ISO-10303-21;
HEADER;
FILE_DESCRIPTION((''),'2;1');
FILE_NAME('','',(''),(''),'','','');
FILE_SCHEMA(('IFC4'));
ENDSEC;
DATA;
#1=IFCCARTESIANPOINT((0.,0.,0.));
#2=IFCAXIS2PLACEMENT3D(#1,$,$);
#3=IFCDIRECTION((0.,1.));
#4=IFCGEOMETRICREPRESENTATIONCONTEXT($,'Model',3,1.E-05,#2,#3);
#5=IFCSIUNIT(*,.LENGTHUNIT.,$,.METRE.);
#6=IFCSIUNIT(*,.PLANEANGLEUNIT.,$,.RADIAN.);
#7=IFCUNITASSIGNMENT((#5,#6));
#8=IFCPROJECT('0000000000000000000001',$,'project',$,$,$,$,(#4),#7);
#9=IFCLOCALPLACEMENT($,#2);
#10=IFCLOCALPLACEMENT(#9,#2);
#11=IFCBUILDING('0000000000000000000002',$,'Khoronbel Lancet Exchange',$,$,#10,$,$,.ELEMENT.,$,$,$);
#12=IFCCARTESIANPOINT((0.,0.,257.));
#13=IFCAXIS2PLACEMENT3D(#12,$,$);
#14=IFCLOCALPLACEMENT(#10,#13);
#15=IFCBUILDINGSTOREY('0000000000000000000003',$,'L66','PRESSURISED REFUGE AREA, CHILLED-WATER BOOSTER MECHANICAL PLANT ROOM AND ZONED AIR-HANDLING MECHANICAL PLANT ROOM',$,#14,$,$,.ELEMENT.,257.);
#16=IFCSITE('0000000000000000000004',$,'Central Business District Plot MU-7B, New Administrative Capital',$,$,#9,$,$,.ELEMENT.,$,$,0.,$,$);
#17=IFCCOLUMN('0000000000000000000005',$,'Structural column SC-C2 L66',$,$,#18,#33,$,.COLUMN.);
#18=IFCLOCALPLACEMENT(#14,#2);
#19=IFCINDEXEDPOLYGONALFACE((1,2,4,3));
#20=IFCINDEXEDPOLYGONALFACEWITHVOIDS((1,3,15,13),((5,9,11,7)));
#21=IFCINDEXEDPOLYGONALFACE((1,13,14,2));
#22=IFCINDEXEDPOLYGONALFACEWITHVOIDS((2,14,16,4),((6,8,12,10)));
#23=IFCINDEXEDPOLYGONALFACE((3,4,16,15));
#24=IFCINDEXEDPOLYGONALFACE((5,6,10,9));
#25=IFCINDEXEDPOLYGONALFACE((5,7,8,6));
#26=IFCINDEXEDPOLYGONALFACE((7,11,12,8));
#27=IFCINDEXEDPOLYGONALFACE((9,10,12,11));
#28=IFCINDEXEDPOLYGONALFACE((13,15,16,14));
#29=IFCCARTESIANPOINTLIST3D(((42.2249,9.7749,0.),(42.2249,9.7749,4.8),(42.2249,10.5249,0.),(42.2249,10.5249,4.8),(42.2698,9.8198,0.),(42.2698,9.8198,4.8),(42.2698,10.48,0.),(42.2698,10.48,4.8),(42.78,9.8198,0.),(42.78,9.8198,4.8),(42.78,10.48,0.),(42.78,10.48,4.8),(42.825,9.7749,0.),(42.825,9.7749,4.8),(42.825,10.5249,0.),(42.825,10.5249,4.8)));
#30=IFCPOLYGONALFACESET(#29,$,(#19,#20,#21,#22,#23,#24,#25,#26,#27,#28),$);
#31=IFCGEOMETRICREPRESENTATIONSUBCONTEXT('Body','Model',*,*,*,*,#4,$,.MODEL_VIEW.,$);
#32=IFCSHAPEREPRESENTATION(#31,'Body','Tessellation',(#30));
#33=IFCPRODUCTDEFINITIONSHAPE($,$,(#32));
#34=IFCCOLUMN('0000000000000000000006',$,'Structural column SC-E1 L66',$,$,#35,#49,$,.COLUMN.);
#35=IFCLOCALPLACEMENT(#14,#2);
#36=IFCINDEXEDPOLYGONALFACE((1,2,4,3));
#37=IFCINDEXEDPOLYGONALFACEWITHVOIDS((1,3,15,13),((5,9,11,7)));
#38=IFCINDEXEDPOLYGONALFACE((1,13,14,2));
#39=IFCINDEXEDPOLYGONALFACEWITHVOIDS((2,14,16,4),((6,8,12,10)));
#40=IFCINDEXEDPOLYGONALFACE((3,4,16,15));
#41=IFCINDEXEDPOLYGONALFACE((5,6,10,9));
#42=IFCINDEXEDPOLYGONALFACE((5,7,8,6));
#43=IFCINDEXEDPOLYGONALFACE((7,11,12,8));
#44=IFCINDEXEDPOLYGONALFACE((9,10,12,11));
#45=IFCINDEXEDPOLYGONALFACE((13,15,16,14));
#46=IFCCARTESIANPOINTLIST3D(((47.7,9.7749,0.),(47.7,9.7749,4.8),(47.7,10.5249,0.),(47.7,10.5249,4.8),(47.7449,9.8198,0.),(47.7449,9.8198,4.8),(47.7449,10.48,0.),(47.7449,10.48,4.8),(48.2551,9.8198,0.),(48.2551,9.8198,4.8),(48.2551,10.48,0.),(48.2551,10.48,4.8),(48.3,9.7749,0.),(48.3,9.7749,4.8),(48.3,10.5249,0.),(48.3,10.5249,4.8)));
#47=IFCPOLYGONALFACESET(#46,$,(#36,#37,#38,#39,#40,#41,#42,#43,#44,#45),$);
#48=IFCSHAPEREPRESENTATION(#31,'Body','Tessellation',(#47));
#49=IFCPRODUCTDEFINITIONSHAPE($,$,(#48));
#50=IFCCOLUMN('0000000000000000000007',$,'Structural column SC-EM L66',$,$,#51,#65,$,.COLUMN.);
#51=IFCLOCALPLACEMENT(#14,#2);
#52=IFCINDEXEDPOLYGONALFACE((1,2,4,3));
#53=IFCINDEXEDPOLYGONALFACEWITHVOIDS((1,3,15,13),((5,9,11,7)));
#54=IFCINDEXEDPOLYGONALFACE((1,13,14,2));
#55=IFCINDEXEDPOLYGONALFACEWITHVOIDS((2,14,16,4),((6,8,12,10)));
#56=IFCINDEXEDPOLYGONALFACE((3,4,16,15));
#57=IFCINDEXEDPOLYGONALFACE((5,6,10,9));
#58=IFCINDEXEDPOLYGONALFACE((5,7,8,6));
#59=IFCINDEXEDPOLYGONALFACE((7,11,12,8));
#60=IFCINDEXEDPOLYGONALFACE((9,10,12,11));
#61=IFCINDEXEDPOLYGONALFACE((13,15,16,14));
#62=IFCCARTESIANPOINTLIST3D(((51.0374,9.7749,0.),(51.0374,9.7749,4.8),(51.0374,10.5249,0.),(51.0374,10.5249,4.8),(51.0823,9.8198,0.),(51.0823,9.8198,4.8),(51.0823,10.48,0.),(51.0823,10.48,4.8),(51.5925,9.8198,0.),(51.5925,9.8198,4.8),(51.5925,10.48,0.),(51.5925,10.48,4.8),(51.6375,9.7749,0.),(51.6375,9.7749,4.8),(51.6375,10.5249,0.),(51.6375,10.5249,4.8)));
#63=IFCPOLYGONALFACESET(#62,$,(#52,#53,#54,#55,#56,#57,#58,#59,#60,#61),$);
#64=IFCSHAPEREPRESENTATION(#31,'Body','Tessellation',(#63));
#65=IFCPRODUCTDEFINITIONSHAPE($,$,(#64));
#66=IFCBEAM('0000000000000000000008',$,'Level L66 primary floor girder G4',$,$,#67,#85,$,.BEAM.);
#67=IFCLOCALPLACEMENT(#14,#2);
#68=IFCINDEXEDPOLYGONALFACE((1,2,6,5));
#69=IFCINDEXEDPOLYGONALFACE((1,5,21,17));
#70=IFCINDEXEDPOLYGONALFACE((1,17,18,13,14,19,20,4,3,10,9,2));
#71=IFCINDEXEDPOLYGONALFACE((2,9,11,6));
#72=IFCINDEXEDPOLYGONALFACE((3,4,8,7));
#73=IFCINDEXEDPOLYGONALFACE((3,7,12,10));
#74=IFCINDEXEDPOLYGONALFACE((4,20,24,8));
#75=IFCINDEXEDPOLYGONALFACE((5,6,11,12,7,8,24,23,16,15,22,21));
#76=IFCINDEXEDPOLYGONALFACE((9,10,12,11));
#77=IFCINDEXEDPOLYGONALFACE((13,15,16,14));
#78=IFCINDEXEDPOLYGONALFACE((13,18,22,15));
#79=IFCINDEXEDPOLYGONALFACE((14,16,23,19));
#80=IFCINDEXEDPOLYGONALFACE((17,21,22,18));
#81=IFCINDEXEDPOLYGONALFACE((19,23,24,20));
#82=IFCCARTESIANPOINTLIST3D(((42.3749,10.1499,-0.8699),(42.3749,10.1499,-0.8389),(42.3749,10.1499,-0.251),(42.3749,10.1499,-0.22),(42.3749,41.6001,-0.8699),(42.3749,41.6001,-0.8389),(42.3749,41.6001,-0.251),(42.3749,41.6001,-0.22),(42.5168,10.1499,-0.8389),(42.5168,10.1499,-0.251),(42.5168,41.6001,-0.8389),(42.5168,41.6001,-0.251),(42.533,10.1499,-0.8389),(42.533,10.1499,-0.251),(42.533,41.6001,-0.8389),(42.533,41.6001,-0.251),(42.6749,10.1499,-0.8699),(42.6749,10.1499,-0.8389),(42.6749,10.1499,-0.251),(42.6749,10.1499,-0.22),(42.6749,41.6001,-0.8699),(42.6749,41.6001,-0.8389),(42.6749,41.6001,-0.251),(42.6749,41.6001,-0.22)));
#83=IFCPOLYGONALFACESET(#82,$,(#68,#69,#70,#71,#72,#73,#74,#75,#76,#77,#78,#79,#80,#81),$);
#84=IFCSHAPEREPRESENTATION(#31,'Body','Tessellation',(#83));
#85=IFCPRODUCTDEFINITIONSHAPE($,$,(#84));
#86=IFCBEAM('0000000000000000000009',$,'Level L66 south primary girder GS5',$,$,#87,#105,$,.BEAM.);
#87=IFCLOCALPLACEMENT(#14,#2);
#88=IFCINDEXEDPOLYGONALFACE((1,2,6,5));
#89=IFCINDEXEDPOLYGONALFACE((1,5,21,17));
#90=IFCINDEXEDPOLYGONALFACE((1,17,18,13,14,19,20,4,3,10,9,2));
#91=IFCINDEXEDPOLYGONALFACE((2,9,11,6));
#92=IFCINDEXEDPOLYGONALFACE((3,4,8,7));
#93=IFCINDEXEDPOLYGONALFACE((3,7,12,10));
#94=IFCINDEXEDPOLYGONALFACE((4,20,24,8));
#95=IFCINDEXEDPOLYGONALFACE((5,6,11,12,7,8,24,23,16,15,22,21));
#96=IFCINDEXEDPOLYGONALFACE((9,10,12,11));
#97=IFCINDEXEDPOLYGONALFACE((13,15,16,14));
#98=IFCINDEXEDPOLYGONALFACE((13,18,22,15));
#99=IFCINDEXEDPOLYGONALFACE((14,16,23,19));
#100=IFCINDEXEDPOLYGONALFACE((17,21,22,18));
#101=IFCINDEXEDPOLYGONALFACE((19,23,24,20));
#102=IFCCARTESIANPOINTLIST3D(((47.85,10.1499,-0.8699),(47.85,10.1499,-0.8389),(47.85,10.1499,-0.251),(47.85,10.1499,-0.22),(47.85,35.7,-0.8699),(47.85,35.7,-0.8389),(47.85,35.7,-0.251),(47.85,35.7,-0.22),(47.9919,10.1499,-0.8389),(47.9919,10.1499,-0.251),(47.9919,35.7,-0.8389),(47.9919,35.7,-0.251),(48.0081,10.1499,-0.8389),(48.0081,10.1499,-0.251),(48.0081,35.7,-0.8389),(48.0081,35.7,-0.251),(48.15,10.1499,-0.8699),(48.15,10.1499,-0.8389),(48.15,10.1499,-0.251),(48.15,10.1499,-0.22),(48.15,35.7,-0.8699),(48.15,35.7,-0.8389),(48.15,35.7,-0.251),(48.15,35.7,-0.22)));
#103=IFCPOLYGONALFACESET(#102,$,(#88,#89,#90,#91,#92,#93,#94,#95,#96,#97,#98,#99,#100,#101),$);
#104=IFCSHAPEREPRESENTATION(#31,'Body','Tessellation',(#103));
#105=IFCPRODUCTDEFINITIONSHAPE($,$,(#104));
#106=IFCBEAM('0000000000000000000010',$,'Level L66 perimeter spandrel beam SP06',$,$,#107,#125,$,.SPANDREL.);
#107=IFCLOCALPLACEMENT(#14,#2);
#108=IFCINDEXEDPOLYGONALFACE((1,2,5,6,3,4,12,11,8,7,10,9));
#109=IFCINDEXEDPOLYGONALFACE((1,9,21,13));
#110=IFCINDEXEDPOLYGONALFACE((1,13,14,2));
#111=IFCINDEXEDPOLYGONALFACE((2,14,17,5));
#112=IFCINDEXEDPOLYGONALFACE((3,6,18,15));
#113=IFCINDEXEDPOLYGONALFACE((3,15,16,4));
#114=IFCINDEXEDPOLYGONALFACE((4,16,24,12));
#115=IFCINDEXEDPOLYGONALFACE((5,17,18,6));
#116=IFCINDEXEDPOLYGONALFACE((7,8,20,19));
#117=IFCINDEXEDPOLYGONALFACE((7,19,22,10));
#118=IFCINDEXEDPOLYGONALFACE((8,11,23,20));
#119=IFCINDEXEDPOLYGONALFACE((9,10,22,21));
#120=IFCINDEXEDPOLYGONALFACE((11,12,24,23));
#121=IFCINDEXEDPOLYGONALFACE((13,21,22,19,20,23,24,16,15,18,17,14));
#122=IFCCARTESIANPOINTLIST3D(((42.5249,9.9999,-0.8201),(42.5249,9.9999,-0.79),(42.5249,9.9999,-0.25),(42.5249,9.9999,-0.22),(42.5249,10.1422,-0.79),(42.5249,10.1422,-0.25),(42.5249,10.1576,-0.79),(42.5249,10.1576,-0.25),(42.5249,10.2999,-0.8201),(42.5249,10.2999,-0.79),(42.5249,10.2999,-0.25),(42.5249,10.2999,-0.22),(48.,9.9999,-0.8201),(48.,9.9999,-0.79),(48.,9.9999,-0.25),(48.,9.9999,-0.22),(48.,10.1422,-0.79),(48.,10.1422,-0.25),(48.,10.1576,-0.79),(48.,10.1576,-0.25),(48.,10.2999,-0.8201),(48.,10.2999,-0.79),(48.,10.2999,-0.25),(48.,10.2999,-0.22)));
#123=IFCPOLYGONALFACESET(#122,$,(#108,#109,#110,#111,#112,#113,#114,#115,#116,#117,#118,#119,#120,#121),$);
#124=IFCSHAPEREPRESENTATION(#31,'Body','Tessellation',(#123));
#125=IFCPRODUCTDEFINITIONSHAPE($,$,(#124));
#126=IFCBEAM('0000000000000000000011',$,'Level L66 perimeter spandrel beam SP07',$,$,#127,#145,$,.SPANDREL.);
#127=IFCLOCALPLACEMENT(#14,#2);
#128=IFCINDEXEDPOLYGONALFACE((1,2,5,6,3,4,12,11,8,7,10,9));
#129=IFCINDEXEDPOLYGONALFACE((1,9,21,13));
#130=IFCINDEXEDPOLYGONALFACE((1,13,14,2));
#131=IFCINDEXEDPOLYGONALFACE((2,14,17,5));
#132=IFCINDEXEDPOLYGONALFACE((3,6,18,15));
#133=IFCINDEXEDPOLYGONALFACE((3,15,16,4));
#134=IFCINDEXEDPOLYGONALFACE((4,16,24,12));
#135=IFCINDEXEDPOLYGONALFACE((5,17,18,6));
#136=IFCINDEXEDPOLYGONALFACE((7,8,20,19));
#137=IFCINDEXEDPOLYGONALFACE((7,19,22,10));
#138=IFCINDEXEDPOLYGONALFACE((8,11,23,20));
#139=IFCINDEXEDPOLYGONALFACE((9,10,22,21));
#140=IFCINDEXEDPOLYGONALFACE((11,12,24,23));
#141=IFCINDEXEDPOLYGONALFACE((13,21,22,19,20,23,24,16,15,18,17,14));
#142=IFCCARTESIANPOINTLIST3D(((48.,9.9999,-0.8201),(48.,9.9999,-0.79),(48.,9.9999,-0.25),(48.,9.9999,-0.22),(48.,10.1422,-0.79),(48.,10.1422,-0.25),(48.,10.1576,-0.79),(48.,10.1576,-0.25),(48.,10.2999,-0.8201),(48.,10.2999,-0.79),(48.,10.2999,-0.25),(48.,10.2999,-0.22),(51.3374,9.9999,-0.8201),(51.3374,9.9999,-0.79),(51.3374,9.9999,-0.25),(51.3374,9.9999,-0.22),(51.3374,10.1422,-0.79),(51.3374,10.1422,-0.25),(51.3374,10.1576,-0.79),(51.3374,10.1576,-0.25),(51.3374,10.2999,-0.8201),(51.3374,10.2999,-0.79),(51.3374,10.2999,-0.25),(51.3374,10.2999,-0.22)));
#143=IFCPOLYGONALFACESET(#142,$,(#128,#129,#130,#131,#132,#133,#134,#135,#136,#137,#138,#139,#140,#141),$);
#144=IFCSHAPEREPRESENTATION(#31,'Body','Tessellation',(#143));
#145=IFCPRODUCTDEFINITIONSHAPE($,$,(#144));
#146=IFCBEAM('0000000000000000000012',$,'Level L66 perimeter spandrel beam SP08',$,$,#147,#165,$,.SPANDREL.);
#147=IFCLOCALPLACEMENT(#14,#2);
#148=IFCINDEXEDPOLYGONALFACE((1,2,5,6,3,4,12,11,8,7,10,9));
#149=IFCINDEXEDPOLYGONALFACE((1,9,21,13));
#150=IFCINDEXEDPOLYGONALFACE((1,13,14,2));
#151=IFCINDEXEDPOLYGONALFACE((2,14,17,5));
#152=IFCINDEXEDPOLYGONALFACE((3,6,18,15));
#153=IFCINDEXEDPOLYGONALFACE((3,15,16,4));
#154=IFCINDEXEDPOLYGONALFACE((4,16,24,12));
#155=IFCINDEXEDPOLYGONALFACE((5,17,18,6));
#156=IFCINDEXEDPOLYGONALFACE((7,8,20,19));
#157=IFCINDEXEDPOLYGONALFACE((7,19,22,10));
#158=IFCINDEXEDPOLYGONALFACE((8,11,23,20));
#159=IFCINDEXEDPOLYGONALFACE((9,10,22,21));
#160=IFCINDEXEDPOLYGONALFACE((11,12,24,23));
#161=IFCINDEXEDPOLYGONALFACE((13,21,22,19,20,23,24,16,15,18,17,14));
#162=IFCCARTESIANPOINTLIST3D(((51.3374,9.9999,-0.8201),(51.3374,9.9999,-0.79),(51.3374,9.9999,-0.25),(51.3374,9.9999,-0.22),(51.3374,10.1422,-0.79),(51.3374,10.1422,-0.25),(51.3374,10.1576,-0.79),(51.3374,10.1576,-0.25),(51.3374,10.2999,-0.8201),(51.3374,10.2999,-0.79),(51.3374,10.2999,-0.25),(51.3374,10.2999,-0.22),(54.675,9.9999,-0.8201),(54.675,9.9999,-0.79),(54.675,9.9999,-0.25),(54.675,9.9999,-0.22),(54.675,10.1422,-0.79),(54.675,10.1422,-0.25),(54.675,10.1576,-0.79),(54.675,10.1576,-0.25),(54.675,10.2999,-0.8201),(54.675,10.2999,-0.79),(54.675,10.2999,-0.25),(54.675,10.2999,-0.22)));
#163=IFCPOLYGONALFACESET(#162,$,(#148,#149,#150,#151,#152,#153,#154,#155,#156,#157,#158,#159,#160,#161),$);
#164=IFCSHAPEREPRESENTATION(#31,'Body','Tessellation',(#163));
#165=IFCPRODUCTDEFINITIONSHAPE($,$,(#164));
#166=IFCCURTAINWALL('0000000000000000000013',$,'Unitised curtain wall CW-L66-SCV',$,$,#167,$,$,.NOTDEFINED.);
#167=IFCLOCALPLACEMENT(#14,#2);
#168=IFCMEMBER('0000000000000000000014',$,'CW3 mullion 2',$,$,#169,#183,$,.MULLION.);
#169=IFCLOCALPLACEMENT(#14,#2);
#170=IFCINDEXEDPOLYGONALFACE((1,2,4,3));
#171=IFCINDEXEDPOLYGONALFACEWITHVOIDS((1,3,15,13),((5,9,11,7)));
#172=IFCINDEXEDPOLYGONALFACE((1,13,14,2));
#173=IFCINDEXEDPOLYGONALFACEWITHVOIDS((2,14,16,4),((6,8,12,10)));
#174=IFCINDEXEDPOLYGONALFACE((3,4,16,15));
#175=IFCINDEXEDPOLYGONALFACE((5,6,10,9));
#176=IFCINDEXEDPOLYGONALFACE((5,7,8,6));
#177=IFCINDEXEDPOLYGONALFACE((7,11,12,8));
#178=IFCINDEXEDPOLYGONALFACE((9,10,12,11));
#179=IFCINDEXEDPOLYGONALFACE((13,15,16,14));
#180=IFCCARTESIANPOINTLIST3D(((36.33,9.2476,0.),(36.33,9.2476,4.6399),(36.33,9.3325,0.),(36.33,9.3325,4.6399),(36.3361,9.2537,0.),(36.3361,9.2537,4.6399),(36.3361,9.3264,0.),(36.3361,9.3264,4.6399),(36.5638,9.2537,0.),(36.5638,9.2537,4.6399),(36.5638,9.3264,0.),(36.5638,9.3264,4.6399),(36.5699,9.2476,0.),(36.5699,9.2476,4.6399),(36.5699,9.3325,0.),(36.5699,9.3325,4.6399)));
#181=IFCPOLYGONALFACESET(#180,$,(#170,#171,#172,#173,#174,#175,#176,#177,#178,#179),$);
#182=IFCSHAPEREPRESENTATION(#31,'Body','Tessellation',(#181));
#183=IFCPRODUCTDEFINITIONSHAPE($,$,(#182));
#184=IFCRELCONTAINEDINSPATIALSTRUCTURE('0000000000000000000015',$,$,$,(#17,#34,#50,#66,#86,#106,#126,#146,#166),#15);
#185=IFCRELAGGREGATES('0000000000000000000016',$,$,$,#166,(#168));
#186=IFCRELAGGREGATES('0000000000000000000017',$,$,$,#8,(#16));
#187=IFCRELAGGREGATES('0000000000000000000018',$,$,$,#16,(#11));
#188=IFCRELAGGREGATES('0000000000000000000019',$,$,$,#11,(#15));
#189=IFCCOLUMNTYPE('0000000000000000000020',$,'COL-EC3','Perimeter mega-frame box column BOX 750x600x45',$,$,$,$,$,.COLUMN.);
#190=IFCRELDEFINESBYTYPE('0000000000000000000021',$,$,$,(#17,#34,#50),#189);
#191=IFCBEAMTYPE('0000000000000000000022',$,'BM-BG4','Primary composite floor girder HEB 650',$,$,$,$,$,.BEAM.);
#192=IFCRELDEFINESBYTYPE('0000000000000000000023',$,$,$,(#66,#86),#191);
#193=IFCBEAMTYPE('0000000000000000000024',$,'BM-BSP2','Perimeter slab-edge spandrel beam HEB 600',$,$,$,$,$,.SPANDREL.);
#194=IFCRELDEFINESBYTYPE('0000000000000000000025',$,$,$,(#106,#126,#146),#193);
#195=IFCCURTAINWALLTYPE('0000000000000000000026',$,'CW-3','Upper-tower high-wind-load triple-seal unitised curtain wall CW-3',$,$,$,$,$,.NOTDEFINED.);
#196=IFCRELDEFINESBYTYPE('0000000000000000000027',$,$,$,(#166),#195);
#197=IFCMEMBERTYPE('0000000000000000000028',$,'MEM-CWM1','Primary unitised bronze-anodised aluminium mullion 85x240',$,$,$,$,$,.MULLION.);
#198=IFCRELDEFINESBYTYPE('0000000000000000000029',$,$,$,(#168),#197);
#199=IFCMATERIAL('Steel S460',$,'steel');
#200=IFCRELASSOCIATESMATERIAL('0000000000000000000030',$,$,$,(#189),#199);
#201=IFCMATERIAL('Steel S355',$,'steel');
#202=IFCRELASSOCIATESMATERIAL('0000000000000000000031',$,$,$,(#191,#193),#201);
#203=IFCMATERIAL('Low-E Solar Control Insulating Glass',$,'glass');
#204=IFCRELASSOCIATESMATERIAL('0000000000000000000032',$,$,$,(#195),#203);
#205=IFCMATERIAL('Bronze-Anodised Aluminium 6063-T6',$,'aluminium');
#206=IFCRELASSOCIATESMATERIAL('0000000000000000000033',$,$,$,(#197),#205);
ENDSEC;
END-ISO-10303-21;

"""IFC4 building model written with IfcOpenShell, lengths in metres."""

from ifc_helpers import new_model, si_unit, direction, frame, origin, origin_2d, place, context, subcontext, project, spatial, hollow_rectangle, i_section, extrude, material, material_profile, profile_set, type_object, element, aggregate, save


model = new_model("IFC4")

# Units and contexts
model_context = context("Model", 3, precision=1e-05, world=origin(), true_north=direction((0.0, 1.0)))
body_context = subcontext(model_context, "Body", "Model", "MODEL_VIEW")
ifc_project = project(units=[si_unit("LENGTHUNIT", "METRE"), si_unit("PLANEANGLEUNIT", "RADIAN")], contexts=[model_context])

# Site, building, storey
site_placement = place(None, origin())
site = spatial("IfcSite", under=ifc_project, at=site_placement, Name="Central Business District Plot MU-7B, New Administrative Capital", CompositionType="ELEMENT", RefElevation=0.0)
building_placement = place(site_placement, origin())
building = spatial("IfcBuilding", under=site, at=building_placement, Name="Khoronbel Lancet Exchange", CompositionType="ELEMENT")
storey_placement = place(building_placement, frame((0.0, 0.0, 257.0)))
storey = spatial("IfcBuildingStorey", under=building, at=storey_placement, Name="L66", Description="PRESSURISED REFUGE AREA, CHILLED-WATER BOOSTER MECHANICAL PLANT ROOM AND ZONED AIR-HANDLING MECHANICAL PLANT ROOM", CompositionType="ELEMENT", Elevation=257.0)

# Columns
ifc_material_1 = material(Name="Steel S460", Category="steel")
ifc_material_profile_1 = material_profile(ifc_material_1, hollow_rectangle(XDim=0.6001, YDim=0.75, WallThickness=0.0449, at=origin_2d()), Name="BOX 750x600x45")
ifc_profile_set_1 = profile_set([ifc_material_profile_1], Name="Steel S460")
column_type = type_object("IfcColumnType", Name="COL-EC3", Description="Perimeter mega-frame box column BOX 750x600x45", PredefinedType="COLUMN", material=ifc_profile_set_1)
for number, where, z_axis, x_axis, name in (
    (1, (42.5249, 10.1499, 0.0), (0.0, 0.0, 1.0), (1.0, 0.0, 0.0), "Structural column SC-C2 L66"),
    (2, (48.0, 10.1499, 0.0), (0.0, 0.0, 1.0), (1.0, 0.0, 0.0), "Structural column SC-E1 L66"),
    (3, (51.3374, 10.1499, 0.0), (0.0, 0.0, 1.0), (1.0, 0.0, 0.0), "Structural column SC-EM L66"),
):
    element("IfcColumn", number, at=place(storey_placement, frame(where, z_axis=z_axis, x_axis=x_axis)), inside=storey, type_object=column_type, Name=name, PredefinedType="COLUMN", context=body_context, shape_type="SweptSolid", body=[
        extrude(hollow_rectangle(XDim=0.6001, YDim=0.75, WallThickness=0.0449, at=origin_2d()), origin(), (0.0, 0.0, 1.0), 4.8),
    ])

# Beams
ifc_material_2 = material(Name="Steel S355", Category="steel")
ifc_material_profile_2 = material_profile(ifc_material_2, i_section(OverallWidth=0.3, OverallDepth=0.6499, WebThickness=0.0161, FlangeThickness=0.031, at=origin_2d()), Name="HEB 650")
ifc_profile_set_2 = profile_set([ifc_material_profile_2], Name="Steel S355")
beam_type_1 = type_object("IfcBeamType", Name="BM-BG4", Description="Primary composite floor girder HEB 650", PredefinedType="BEAM", material=ifc_profile_set_2)
beam_1_placement = place(storey_placement, frame((42.5249, 10.1499, -0.5449), z_axis=(0.0, 1.0, 0.0), x_axis=(-1.0, 0.0, 0.0)))
element("IfcBeam", 4, at=beam_1_placement, inside=storey, type_object=beam_type_1, Name="Level L66 primary floor girder G4", PredefinedType="BEAM", context=body_context, shape_type="SweptSolid", body=[
    extrude(i_section(OverallWidth=0.3, OverallDepth=0.6499, WebThickness=0.0161, FlangeThickness=0.031, at=origin_2d()), origin(), (0.0, 0.0, 1.0), 31.4502),
])
beam_2_placement = place(storey_placement, frame((48.0, 10.1499, -0.5449), z_axis=(0.0, 1.0, 0.0), x_axis=(-1.0, 0.0, 0.0)))
element("IfcBeam", 5, at=beam_2_placement, inside=storey, type_object=beam_type_1, Name="Level L66 south primary girder GS5", PredefinedType="BEAM", context=body_context, shape_type="SweptSolid", body=[
    extrude(i_section(OverallWidth=0.3, OverallDepth=0.6499, WebThickness=0.0161, FlangeThickness=0.031, at=origin_2d()), origin(), (0.0, 0.0, 1.0), 25.55),
])
ifc_material_profile_3 = material_profile(ifc_material_2, i_section(OverallWidth=0.3, OverallDepth=0.6001, WebThickness=0.0154, FlangeThickness=0.03, at=origin_2d()), Name="HEB 600")
ifc_profile_set_3 = profile_set([ifc_material_profile_3], Name="Steel S355")
beam_type_2 = type_object("IfcBeamType", Name="BM-BSP2", Description="Perimeter slab-edge spandrel beam HEB 600", PredefinedType="SPANDREL", material=ifc_profile_set_3)
beam_3_placement = place(storey_placement, frame((42.5249, 10.1499, -0.52), z_axis=(1.0, 0.0, 0.0), x_axis=(0.0, 1.0, 0.0)))
element("IfcBeam", 6, at=beam_3_placement, inside=storey, type_object=beam_type_2, Name="Level L66 perimeter spandrel beam SP06", PredefinedType="SPANDREL", context=body_context, shape_type="SweptSolid", body=[
    extrude(i_section(OverallWidth=0.3, OverallDepth=0.6001, WebThickness=0.0154, FlangeThickness=0.03, at=origin_2d()), origin(), (0.0, 0.0, 1.0), 5.4751),
])
beam_4_placement = place(storey_placement, frame((48.0, 10.1499, -0.52), z_axis=(1.0, 0.0, 0.0), x_axis=(0.0, 1.0, 0.0)))
element("IfcBeam", 7, at=beam_4_placement, inside=storey, type_object=beam_type_2, Name="Level L66 perimeter spandrel beam SP07", PredefinedType="SPANDREL", context=body_context, shape_type="SweptSolid", body=[
    extrude(i_section(OverallWidth=0.3, OverallDepth=0.6001, WebThickness=0.0154, FlangeThickness=0.03, at=origin_2d()), origin(), (0.0, 0.0, 1.0), 3.3374),
])
beam_5_placement = place(storey_placement, frame((51.3374, 10.1499, -0.52), z_axis=(1.0, 0.0, 0.0), x_axis=(0.0, 1.0, 0.0)))
element("IfcBeam", 8, at=beam_5_placement, inside=storey, type_object=beam_type_2, Name="Level L66 perimeter spandrel beam SP08", PredefinedType="SPANDREL", context=body_context, shape_type="SweptSolid", body=[
    extrude(i_section(OverallWidth=0.3, OverallDepth=0.6001, WebThickness=0.0154, FlangeThickness=0.03, at=origin_2d()), origin(), (0.0, 0.0, 1.0), 3.3376),
])

# Curtain wall, member
ifc_material_3 = material(Name="Low-E Solar Control Insulating Glass", Category="glass")
curtain_wall_type = type_object("IfcCurtainWallType", Name="CW-3", Description="Upper-tower high-wind-load triple-seal unitised curtain wall CW-3", PredefinedType="NOTDEFINED", material=ifc_material_3)
curtain_wall_1_placement = place(storey_placement, origin())
curtain_wall_1 = element("IfcCurtainWall", 9, at=curtain_wall_1_placement, inside=storey, type_object=curtain_wall_type, Name="Unitised curtain wall CW-L66-SCV", PredefinedType="NOTDEFINED")
ifc_material_4 = material(Name="Bronze-Anodised Aluminium 6063-T6", Category="aluminium")
ifc_material_profile_4 = material_profile(ifc_material_4, hollow_rectangle(XDim=0.085, YDim=0.24, WallThickness=0.0061, at=origin_2d()), Name="ALU MULLION 85x240")
ifc_profile_set_4 = profile_set([ifc_material_profile_4], Name="Bronze-Anodised Aluminium 6063-T6")
member_type_1 = type_object("IfcMemberType", Name="MEM-CWM1", Description="Primary unitised bronze-anodised aluminium mullion 85x240", PredefinedType="MULLION", material=ifc_profile_set_4)
member_1_placement = place(storey_placement, frame((36.45, 9.29, 0.0), z_axis=(0.0, 0.0, 1.0), x_axis=(0.0, 1.0, 0.0)))
member_1 = element("IfcMember", 10, at=member_1_placement, type_object=member_type_1, Name="CW3 mullion 2", PredefinedType="MULLION", context=body_context, shape_type="SweptSolid", body=[
    extrude(hollow_rectangle(XDim=0.085, YDim=0.24, WallThickness=0.0061, at=origin_2d()), origin(), (0.0, 0.0, 1.0), 4.6399),
])

aggregate(curtain_wall_1, [member_1])

save(model, "model.ifc")
